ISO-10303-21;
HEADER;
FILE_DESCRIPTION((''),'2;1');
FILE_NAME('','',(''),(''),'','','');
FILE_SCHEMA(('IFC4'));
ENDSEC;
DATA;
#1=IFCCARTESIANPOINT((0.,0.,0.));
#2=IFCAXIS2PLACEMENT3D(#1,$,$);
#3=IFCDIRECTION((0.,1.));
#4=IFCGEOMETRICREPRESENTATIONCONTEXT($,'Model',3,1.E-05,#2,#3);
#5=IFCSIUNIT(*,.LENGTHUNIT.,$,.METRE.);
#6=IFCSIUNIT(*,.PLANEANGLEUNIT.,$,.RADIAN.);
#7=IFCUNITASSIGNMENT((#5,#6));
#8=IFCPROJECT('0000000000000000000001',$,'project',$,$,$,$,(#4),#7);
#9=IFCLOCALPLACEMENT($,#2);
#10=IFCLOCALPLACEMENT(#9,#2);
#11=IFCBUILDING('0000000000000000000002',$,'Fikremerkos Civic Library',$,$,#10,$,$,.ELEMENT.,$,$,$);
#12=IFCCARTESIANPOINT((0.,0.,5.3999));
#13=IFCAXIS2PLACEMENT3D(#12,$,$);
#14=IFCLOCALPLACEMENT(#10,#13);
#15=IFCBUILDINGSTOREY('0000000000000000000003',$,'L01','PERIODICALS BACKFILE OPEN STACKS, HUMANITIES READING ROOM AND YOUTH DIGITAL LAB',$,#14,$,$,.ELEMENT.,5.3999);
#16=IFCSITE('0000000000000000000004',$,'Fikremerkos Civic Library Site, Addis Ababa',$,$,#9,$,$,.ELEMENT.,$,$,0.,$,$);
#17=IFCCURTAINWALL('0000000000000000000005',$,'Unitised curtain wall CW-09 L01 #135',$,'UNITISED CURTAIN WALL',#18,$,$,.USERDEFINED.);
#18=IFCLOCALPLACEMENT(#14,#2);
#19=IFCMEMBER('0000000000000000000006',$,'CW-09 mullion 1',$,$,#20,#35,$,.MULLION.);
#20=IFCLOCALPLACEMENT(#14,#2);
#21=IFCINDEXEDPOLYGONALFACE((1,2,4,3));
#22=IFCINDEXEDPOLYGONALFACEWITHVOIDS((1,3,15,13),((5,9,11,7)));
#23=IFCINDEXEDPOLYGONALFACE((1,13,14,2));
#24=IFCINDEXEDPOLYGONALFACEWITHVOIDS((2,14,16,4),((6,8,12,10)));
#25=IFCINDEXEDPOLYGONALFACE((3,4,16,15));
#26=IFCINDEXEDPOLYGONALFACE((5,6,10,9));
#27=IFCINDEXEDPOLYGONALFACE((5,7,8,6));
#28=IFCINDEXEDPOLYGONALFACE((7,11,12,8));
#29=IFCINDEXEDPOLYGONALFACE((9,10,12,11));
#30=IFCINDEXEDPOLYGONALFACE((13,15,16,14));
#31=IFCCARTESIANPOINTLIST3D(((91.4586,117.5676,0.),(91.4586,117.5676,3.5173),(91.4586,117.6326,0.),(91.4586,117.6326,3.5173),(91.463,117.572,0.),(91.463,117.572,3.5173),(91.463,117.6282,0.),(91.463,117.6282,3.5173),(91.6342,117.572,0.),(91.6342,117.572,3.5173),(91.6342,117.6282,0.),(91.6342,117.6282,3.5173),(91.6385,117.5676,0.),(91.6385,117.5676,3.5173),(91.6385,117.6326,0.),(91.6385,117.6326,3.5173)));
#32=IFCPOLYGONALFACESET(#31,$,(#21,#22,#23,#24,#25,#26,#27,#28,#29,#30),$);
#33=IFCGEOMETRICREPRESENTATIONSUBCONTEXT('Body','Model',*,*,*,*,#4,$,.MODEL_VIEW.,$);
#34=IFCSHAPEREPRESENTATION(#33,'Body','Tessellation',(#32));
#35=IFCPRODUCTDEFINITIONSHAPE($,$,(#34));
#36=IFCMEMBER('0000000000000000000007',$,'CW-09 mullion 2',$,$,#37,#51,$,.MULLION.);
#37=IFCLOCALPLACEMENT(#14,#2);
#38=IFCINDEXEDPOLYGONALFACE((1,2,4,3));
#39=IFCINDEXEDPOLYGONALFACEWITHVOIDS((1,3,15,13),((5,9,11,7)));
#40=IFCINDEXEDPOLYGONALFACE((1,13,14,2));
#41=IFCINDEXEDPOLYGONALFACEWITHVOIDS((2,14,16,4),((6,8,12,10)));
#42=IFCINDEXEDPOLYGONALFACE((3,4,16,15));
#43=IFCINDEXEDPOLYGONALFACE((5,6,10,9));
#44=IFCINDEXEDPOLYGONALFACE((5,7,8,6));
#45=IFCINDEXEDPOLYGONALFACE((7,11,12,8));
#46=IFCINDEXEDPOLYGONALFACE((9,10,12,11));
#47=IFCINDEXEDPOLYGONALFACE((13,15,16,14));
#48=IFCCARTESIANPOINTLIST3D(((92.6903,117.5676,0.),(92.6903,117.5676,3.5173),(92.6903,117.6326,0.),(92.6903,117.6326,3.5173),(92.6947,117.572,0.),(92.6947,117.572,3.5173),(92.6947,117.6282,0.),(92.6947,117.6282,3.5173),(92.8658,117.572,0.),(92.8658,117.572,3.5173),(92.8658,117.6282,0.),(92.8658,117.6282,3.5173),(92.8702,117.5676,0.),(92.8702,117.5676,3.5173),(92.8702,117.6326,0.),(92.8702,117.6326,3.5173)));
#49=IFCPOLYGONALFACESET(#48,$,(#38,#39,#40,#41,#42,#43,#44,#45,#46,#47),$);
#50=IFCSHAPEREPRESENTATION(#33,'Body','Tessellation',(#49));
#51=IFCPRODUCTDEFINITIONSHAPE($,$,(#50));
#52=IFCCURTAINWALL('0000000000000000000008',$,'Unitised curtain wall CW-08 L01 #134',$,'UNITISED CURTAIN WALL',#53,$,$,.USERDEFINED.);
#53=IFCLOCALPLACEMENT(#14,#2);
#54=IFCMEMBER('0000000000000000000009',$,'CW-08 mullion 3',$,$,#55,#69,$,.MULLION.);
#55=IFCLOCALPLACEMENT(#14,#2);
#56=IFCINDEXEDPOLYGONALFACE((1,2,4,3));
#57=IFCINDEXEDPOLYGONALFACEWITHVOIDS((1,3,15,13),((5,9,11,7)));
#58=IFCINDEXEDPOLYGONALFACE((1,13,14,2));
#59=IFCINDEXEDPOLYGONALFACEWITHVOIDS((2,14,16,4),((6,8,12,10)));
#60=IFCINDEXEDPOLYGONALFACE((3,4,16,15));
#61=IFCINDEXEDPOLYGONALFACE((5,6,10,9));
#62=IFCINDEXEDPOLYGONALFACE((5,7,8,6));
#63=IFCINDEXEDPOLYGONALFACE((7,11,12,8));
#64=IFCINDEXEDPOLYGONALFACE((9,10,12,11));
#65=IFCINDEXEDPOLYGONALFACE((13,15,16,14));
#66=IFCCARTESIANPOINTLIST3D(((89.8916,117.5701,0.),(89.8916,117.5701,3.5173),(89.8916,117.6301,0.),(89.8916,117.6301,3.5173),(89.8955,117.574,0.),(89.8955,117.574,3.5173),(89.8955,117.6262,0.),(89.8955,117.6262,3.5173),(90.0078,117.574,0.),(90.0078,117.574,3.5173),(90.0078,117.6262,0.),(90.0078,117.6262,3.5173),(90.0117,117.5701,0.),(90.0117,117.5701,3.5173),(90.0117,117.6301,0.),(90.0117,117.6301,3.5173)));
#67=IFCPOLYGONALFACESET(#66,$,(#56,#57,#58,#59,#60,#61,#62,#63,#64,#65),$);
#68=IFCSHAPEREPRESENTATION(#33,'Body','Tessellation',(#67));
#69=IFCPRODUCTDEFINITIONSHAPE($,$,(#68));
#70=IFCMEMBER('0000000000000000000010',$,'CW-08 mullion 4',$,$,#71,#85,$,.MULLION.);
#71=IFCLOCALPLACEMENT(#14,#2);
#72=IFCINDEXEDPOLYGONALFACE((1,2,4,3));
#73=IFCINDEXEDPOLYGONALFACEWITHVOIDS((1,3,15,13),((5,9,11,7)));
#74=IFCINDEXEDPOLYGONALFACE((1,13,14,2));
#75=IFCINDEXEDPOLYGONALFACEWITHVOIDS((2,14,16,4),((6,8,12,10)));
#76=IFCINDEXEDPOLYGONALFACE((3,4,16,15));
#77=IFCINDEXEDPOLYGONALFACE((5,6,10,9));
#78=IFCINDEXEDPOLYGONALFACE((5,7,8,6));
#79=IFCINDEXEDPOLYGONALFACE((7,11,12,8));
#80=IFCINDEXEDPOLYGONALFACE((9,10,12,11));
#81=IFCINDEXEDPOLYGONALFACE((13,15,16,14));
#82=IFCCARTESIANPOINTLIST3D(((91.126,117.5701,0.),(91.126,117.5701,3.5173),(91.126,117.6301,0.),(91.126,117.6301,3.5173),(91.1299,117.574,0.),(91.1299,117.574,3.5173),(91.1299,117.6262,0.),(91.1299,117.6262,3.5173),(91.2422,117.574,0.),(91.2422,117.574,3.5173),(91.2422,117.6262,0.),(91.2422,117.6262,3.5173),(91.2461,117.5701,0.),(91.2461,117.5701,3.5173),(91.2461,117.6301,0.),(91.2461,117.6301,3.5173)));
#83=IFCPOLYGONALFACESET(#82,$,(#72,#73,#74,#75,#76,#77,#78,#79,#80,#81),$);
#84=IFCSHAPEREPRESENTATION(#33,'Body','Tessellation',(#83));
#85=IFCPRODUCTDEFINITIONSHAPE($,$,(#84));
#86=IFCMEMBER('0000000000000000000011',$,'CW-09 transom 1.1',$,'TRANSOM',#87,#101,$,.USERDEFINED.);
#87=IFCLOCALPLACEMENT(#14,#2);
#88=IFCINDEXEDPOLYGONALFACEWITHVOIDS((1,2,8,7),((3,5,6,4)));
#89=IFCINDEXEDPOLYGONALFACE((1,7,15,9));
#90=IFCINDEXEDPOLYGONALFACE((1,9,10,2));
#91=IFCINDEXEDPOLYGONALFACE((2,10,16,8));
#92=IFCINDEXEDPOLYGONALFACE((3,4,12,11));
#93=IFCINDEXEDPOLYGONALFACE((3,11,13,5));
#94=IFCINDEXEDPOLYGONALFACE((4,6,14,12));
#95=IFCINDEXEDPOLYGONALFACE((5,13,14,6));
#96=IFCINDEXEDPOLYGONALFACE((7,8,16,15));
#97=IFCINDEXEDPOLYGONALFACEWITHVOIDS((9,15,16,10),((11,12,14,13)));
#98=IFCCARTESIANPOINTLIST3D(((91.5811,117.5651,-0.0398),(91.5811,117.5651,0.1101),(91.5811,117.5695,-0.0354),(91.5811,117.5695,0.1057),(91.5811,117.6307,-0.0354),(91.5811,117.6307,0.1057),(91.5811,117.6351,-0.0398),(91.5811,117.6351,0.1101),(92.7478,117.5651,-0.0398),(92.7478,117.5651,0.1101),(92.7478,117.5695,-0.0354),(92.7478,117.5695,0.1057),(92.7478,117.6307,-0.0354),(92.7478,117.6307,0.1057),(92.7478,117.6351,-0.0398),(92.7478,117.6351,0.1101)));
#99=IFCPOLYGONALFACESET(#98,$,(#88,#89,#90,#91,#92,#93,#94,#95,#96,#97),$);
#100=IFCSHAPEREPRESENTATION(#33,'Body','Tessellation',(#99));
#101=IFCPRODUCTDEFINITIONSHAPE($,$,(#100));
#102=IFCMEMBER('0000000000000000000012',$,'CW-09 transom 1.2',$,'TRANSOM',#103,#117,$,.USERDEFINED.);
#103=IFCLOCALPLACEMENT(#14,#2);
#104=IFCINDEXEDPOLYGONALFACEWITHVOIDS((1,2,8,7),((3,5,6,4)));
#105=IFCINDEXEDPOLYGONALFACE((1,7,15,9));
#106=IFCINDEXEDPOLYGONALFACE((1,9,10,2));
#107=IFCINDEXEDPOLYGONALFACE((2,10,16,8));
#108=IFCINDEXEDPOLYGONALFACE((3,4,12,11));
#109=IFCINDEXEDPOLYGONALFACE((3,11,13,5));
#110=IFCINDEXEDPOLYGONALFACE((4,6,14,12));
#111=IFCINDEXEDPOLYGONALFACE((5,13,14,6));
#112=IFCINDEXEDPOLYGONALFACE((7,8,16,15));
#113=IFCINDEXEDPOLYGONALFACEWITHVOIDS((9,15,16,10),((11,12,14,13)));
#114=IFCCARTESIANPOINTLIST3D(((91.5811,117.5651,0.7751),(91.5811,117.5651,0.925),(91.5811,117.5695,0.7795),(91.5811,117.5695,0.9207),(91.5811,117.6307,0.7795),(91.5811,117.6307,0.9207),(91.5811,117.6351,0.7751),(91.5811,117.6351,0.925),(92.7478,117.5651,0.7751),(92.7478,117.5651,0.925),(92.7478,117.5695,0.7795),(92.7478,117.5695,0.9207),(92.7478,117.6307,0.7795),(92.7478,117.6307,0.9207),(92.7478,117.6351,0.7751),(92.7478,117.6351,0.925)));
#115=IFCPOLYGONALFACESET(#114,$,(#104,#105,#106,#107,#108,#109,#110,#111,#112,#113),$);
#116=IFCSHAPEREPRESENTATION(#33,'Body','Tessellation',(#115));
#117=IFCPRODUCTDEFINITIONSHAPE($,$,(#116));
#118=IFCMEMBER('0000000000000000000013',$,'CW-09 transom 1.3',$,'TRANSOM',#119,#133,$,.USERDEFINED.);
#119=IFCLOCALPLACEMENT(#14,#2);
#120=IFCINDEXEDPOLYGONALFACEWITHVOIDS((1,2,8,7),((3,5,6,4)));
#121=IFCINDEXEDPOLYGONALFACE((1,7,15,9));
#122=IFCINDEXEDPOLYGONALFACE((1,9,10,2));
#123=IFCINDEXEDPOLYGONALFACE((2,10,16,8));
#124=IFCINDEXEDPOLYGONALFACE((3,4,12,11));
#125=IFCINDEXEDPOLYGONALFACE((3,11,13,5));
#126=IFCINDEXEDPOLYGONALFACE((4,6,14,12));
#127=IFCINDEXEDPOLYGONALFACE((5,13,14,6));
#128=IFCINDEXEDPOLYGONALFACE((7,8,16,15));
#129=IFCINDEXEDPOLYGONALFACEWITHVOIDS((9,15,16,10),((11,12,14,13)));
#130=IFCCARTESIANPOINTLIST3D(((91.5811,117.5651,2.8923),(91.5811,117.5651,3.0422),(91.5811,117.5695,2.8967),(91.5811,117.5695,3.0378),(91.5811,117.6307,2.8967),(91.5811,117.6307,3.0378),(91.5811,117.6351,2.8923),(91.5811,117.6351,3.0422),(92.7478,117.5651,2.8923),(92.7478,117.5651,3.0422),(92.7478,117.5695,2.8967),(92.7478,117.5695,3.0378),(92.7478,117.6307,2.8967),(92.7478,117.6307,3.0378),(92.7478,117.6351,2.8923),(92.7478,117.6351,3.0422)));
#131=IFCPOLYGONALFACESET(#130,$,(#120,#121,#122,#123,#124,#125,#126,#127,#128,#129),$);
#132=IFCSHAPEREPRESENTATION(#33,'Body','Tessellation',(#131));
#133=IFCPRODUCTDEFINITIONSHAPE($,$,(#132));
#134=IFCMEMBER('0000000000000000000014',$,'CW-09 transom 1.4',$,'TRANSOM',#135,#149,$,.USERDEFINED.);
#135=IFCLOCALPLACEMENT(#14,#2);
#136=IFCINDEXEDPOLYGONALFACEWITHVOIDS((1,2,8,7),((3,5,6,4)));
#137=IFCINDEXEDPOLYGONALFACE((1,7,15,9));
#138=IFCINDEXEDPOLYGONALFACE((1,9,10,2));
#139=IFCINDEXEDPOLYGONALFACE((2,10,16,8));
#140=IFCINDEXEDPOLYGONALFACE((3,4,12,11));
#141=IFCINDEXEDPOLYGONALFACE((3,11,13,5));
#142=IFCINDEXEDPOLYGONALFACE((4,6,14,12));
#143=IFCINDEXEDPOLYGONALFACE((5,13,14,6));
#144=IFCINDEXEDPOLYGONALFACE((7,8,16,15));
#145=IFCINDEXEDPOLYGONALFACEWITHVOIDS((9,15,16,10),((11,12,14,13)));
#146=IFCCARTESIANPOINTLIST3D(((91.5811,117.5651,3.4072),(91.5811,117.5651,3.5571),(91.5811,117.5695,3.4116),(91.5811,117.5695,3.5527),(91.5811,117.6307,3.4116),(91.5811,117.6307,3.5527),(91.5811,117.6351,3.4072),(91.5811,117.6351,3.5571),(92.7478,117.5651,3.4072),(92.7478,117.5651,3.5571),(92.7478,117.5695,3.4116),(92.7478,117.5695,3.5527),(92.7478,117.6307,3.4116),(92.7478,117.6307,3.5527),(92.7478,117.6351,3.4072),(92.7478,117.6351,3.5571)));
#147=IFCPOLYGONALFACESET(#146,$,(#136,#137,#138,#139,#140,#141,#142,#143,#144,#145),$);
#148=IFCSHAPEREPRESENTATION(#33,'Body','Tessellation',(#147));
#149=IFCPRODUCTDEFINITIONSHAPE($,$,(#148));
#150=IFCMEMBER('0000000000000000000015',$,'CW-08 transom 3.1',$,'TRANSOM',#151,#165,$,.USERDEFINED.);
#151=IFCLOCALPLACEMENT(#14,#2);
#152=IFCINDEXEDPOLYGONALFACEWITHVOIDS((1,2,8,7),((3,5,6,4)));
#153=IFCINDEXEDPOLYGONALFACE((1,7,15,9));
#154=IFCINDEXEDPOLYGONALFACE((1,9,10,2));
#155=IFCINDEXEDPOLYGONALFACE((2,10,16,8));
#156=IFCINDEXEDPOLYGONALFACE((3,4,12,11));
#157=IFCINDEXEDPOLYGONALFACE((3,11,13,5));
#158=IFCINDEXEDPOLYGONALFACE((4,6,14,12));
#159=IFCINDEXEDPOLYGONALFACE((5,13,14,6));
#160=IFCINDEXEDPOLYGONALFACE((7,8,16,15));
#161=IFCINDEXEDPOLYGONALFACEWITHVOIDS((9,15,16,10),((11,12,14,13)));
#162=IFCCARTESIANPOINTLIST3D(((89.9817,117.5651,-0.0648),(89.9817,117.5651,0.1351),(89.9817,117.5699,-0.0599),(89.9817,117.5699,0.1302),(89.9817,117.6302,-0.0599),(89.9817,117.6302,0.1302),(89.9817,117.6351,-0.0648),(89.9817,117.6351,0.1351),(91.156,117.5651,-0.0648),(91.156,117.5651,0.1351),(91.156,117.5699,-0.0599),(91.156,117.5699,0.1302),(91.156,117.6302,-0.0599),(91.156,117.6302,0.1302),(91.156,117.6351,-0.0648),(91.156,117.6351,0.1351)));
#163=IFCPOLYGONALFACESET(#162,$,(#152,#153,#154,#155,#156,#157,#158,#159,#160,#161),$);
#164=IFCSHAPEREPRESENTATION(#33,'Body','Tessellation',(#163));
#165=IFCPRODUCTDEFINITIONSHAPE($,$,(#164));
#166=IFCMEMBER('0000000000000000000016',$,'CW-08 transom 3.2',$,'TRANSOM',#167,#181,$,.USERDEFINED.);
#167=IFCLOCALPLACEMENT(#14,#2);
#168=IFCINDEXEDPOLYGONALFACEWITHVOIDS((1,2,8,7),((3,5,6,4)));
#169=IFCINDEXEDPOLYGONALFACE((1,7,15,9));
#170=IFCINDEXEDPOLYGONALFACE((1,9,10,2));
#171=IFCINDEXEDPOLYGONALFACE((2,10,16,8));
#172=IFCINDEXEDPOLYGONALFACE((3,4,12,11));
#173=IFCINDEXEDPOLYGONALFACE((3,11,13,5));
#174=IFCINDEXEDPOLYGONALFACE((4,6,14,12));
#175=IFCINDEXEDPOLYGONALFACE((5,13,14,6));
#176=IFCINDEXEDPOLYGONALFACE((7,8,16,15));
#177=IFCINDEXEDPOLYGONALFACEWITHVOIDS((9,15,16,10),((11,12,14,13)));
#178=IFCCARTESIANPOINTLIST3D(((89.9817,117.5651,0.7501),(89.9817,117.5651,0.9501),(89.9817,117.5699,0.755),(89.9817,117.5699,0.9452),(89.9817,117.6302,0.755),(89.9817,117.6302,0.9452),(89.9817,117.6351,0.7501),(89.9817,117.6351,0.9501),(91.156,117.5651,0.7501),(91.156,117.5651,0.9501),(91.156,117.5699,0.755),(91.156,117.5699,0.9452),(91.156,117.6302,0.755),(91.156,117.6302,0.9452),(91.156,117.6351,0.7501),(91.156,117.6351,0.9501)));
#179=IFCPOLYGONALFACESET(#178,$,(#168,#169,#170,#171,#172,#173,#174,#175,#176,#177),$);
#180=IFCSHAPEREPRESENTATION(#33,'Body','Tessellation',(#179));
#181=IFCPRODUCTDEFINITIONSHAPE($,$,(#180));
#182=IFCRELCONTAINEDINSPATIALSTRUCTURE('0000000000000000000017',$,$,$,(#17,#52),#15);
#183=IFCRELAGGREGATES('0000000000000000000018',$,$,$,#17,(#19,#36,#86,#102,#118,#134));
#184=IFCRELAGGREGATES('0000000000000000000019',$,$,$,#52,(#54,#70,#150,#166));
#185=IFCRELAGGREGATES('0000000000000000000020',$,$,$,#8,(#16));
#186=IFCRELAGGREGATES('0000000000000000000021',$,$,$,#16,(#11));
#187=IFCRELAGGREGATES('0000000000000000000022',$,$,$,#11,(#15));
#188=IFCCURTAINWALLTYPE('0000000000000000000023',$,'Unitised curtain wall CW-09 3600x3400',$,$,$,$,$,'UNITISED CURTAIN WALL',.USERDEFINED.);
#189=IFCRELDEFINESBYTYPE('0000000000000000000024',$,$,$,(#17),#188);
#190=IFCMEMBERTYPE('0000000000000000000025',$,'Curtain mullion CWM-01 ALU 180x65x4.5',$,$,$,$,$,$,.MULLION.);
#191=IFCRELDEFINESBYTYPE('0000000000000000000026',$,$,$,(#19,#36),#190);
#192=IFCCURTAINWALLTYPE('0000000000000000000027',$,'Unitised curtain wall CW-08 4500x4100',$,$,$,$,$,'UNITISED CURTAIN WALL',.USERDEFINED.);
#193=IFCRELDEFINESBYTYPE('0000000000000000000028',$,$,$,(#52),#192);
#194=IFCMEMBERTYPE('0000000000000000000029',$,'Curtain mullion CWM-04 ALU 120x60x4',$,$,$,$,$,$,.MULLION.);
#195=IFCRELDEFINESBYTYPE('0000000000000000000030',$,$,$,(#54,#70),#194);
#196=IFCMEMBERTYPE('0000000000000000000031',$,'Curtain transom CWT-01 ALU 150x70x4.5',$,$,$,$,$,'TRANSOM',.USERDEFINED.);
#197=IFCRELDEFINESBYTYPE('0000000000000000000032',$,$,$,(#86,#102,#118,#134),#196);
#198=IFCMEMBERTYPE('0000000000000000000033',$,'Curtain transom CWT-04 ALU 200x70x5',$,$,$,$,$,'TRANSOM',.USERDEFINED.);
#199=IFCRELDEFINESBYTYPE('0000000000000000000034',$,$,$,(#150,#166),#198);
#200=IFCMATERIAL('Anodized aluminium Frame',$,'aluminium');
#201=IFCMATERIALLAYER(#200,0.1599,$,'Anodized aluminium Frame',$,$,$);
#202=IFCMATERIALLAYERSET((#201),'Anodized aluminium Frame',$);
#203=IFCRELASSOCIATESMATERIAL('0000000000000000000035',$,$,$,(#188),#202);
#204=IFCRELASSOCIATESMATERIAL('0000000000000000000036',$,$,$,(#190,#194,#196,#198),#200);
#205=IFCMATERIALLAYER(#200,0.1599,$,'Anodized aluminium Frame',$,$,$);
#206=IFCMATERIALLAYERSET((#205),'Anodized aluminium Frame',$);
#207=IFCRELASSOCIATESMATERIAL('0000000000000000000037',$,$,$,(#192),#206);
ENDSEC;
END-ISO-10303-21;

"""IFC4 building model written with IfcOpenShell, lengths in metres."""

from ifc_helpers import new_model, si_unit, direction, frame, origin, origin_2d, place, context, subcontext, project, spatial, hollow_rectangle, extrude, material, layer, layer_set, material_profile, profile_set, type_object, element, aggregate, save


model = new_model("IFC4")

# Units and contexts
model_context = context("Model", 3, precision=1e-05, world=origin(), true_north=direction((0.0, 1.0)))
body_context = subcontext(model_context, "Body", "Model", "MODEL_VIEW")
ifc_project = project(units=[si_unit("LENGTHUNIT", "METRE"), si_unit("PLANEANGLEUNIT", "RADIAN")], contexts=[model_context])

# Site, building, storey
site_placement = place(None, origin())
site = spatial("IfcSite", under=ifc_project, at=site_placement, Name="Fikremerkos Civic Library Site, Addis Ababa", CompositionType="ELEMENT", RefElevation=0.0)
building_placement = place(site_placement, origin())
building = spatial("IfcBuilding", under=site, at=building_placement, Name="Fikremerkos Civic Library", CompositionType="ELEMENT")
storey_placement = place(building_placement, frame((0.0, 0.0, 5.3999)))
storey = spatial("IfcBuildingStorey", under=building, at=storey_placement, Name="L01", Description="PERIODICALS BACKFILE OPEN STACKS, HUMANITIES READING ROOM AND YOUTH DIGITAL LAB", CompositionType="ELEMENT", Elevation=5.3999)

# Curtain walls, members
ifc_material_1 = material(Name="Anodized aluminium Frame", Category="aluminium")
ifc_layer_1 = layer(ifc_material_1, 0.1599, Name="Anodized aluminium Frame")
ifc_layer_set_1 = layer_set([ifc_layer_1], Name="Anodized aluminium Frame")
curtain_wall_type_1 = type_object("IfcCurtainWallType", Name="Unitised curtain wall CW-09 3600x3400", ElementType="UNITISED CURTAIN WALL", PredefinedType="USERDEFINED", material=ifc_layer_set_1)
curtain_wall_1_placement = place(storey_placement, origin())
curtain_wall_1 = element("IfcCurtainWall", 1, at=curtain_wall_1_placement, inside=storey, type_object=curtain_wall_type_1, Name="Unitised curtain wall CW-09 L01 #135", ObjectType="UNITISED CURTAIN WALL", PredefinedType="USERDEFINED")
ifc_material_profile_1 = material_profile(ifc_material_1, hollow_rectangle(XDim=0.0649, YDim=0.1799, WallThickness=0.0044, at=origin_2d()), Name="ALU 180x65x4.5")
ifc_profile_set_1 = profile_set([ifc_material_profile_1], Name="Anodized aluminium Frame")
member_type_1 = type_object("IfcMemberType", Name="Curtain mullion CWM-01 ALU 180x65x4.5", PredefinedType="MULLION", material=ifc_profile_set_1)
member_1_placement = place(storey_placement, frame((91.5486, 117.6001, 0.0), z_axis=(0.0, 0.0, 1.0), x_axis=(0.0, 1.0, 0.0)))
member_1 = element("IfcMember", 2, at=member_1_placement, type_object=member_type_1, Name="CW-09 mullion 1", PredefinedType="MULLION", context=body_context, shape_type="SweptSolid", body=[
    extrude(hollow_rectangle(XDim=0.0649, YDim=0.1799, WallThickness=0.0044, at=origin_2d()), origin(), (0.0, 0.0, 1.0), 3.5173),
])
member_2_placement = place(storey_placement, frame((92.7803, 117.6001, 0.0), z_axis=(0.0, 0.0, 1.0), x_axis=(0.0, 1.0, 0.0)))
member_2 = element("IfcMember", 3, at=member_2_placement, type_object=member_type_1, Name="CW-09 mullion 2", PredefinedType="MULLION", context=body_context, shape_type="SweptSolid", body=[
    extrude(hollow_rectangle(XDim=0.0649, YDim=0.1799, WallThickness=0.0044, at=origin_2d()), origin(), (0.0, 0.0, 1.0), 3.5173),
])
ifc_layer_2 = layer(ifc_material_1, 0.1599, Name="Anodized aluminium Frame")
ifc_layer_set_2 = layer_set([ifc_layer_2], Name="Anodized aluminium Frame")
curtain_wall_type_2 = type_object("IfcCurtainWallType", Name="Unitised curtain wall CW-08 4500x4100", ElementType="UNITISED CURTAIN WALL", PredefinedType="USERDEFINED", material=ifc_layer_set_2)
curtain_wall_2_placement = place(storey_placement, origin())
curtain_wall_2 = element("IfcCurtainWall", 4, at=curtain_wall_2_placement, inside=storey, type_object=curtain_wall_type_2, Name="Unitised curtain wall CW-08 L01 #134", ObjectType="UNITISED CURTAIN WALL", PredefinedType="USERDEFINED")
ifc_material_profile_2 = material_profile(ifc_material_1, hollow_rectangle(XDim=0.0601, YDim=0.1201, WallThickness=0.0039, at=origin_2d()), Name="ALU 120x60x4")
ifc_profile_set_2 = profile_set([ifc_material_profile_2], Name="Anodized aluminium Frame")
member_type_2 = type_object("IfcMemberType", Name="Curtain mullion CWM-04 ALU 120x60x4", PredefinedType="MULLION", material=ifc_profile_set_2)
member_3_placement = place(storey_placement, frame((89.9517, 117.6001, 0.0), z_axis=(0.0, 0.0, 1.0), x_axis=(0.0, 1.0, 0.0)))
member_3 = element("IfcMember", 5, at=member_3_placement, type_object=member_type_2, Name="CW-08 mullion 3", PredefinedType="MULLION", context=body_context, shape_type="SweptSolid", body=[
    extrude(hollow_rectangle(XDim=0.0601, YDim=0.1201, WallThickness=0.0039, at=origin_2d()), origin(), (0.0, 0.0, 1.0), 3.5173),
])
member_4_placement = place(storey_placement, frame((91.186, 117.6001, 0.0), z_axis=(0.0, 0.0, 1.0), x_axis=(0.0, 1.0, 0.0)))
member_4 = element("IfcMember", 6, at=member_4_placement, type_object=member_type_2, Name="CW-08 mullion 4", PredefinedType="MULLION", context=body_context, shape_type="SweptSolid", body=[
    extrude(hollow_rectangle(XDim=0.0601, YDim=0.1201, WallThickness=0.0039, at=origin_2d()), origin(), (0.0, 0.0, 1.0), 3.5173),
])

# Members
ifc_material_profile_3 = material_profile(ifc_material_1, hollow_rectangle(XDim=0.0701, YDim=0.1499, WallThickness=0.0044, at=origin_2d()), Name="ALU 150x70x4.5")
ifc_profile_set_3 = profile_set([ifc_material_profile_3], Name="Anodized aluminium Frame")
member_type_3 = type_object("IfcMemberType", Name="Curtain transom CWT-01 ALU 150x70x4.5", ElementType="TRANSOM", PredefinedType="USERDEFINED", material=ifc_profile_set_3)
member_5_placement = place(storey_placement, frame((91.5811, 117.6001, 0.0352), z_axis=(1.0, 0.0, 0.0), x_axis=(0.0, 1.0, 0.0)))
member_5 = element("IfcMember", 7, at=member_5_placement, type_object=member_type_3, Name="CW-09 transom 1.1", ObjectType="TRANSOM", PredefinedType="USERDEFINED", context=body_context, shape_type="SweptSolid", body=[
    extrude(hollow_rectangle(XDim=0.0701, YDim=0.1499, WallThickness=0.0044, at=origin_2d()), origin(), (0.0, 0.0, 1.0), 1.1667),
])
member_6_placement = place(storey_placement, frame((91.5811, 117.6001, 0.8501), z_axis=(1.0, 0.0, 0.0), x_axis=(0.0, 1.0, 0.0)))
member_6 = element("IfcMember", 8, at=member_6_placement, type_object=member_type_3, Name="CW-09 transom 1.2", ObjectType="TRANSOM", PredefinedType="USERDEFINED", context=body_context, shape_type="SweptSolid", body=[
    extrude(hollow_rectangle(XDim=0.0701, YDim=0.1499, WallThickness=0.0044, at=origin_2d()), origin(), (0.0, 0.0, 1.0), 1.1667),
])
member_7_placement = place(storey_placement, frame((91.5811, 117.6001, 2.9673), z_axis=(1.0, 0.0, 0.0), x_axis=(0.0, 1.0, 0.0)))
member_7 = element("IfcMember", 9, at=member_7_placement, type_object=member_type_3, Name="CW-09 transom 1.3", ObjectType="TRANSOM", PredefinedType="USERDEFINED", context=body_context, shape_type="SweptSolid", body=[
    extrude(hollow_rectangle(XDim=0.0701, YDim=0.1499, WallThickness=0.0044, at=origin_2d()), origin(), (0.0, 0.0, 1.0), 1.1667),
])
member_8_placement = place(storey_placement, frame((91.5811, 117.6001, 3.4822), z_axis=(1.0, 0.0, 0.0), x_axis=(0.0, 1.0, 0.0)))
member_8 = element("IfcMember", 10, at=member_8_placement, type_object=member_type_3, Name="CW-09 transom 1.4", ObjectType="TRANSOM", PredefinedType="USERDEFINED", context=body_context, shape_type="SweptSolid", body=[
    extrude(hollow_rectangle(XDim=0.0701, YDim=0.1499, WallThickness=0.0044, at=origin_2d()), origin(), (0.0, 0.0, 1.0), 1.1667),
])
ifc_material_profile_4 = material_profile(ifc_material_1, hollow_rectangle(XDim=0.0701, YDim=0.2, WallThickness=0.0049, at=origin_2d()), Name="ALU 200x70x5")
ifc_profile_set_4 = profile_set([ifc_material_profile_4], Name="Anodized aluminium Frame")
member_type_4 = type_object("IfcMemberType", Name="Curtain transom CWT-04 ALU 200x70x5", ElementType="TRANSOM", PredefinedType="USERDEFINED", material=ifc_profile_set_4)
member_9_placement = place(storey_placement, frame((89.9817, 117.6001, 0.0352), z_axis=(1.0, 0.0, 0.0), x_axis=(0.0, 1.0, 0.0)))
member_9 = element("IfcMember", 11, at=member_9_placement, type_object=member_type_4, Name="CW-08 transom 3.1", ObjectType="TRANSOM", PredefinedType="USERDEFINED", context=body_context, shape_type="SweptSolid", body=[
    extrude(hollow_rectangle(XDim=0.0701, YDim=0.2, WallThickness=0.0049, at=origin_2d()), origin(), (0.0, 0.0, 1.0), 1.1743),
])
member_10_placement = place(storey_placement, frame((89.9817, 117.6001, 0.8501), z_axis=(1.0, 0.0, 0.0), x_axis=(0.0, 1.0, 0.0)))
member_10 = element("IfcMember", 12, at=member_10_placement, type_object=member_type_4, Name="CW-08 transom 3.2", ObjectType="TRANSOM", PredefinedType="USERDEFINED", context=body_context, shape_type="SweptSolid", body=[
    extrude(hollow_rectangle(XDim=0.0701, YDim=0.2, WallThickness=0.0049, at=origin_2d()), origin(), (0.0, 0.0, 1.0), 1.1743),
])

aggregate(curtain_wall_1, [member_1, member_2, member_5, member_6, member_7, member_8])
aggregate(curtain_wall_2, [member_3, member_4, member_9, member_10])

save(model, "model.ifc")
